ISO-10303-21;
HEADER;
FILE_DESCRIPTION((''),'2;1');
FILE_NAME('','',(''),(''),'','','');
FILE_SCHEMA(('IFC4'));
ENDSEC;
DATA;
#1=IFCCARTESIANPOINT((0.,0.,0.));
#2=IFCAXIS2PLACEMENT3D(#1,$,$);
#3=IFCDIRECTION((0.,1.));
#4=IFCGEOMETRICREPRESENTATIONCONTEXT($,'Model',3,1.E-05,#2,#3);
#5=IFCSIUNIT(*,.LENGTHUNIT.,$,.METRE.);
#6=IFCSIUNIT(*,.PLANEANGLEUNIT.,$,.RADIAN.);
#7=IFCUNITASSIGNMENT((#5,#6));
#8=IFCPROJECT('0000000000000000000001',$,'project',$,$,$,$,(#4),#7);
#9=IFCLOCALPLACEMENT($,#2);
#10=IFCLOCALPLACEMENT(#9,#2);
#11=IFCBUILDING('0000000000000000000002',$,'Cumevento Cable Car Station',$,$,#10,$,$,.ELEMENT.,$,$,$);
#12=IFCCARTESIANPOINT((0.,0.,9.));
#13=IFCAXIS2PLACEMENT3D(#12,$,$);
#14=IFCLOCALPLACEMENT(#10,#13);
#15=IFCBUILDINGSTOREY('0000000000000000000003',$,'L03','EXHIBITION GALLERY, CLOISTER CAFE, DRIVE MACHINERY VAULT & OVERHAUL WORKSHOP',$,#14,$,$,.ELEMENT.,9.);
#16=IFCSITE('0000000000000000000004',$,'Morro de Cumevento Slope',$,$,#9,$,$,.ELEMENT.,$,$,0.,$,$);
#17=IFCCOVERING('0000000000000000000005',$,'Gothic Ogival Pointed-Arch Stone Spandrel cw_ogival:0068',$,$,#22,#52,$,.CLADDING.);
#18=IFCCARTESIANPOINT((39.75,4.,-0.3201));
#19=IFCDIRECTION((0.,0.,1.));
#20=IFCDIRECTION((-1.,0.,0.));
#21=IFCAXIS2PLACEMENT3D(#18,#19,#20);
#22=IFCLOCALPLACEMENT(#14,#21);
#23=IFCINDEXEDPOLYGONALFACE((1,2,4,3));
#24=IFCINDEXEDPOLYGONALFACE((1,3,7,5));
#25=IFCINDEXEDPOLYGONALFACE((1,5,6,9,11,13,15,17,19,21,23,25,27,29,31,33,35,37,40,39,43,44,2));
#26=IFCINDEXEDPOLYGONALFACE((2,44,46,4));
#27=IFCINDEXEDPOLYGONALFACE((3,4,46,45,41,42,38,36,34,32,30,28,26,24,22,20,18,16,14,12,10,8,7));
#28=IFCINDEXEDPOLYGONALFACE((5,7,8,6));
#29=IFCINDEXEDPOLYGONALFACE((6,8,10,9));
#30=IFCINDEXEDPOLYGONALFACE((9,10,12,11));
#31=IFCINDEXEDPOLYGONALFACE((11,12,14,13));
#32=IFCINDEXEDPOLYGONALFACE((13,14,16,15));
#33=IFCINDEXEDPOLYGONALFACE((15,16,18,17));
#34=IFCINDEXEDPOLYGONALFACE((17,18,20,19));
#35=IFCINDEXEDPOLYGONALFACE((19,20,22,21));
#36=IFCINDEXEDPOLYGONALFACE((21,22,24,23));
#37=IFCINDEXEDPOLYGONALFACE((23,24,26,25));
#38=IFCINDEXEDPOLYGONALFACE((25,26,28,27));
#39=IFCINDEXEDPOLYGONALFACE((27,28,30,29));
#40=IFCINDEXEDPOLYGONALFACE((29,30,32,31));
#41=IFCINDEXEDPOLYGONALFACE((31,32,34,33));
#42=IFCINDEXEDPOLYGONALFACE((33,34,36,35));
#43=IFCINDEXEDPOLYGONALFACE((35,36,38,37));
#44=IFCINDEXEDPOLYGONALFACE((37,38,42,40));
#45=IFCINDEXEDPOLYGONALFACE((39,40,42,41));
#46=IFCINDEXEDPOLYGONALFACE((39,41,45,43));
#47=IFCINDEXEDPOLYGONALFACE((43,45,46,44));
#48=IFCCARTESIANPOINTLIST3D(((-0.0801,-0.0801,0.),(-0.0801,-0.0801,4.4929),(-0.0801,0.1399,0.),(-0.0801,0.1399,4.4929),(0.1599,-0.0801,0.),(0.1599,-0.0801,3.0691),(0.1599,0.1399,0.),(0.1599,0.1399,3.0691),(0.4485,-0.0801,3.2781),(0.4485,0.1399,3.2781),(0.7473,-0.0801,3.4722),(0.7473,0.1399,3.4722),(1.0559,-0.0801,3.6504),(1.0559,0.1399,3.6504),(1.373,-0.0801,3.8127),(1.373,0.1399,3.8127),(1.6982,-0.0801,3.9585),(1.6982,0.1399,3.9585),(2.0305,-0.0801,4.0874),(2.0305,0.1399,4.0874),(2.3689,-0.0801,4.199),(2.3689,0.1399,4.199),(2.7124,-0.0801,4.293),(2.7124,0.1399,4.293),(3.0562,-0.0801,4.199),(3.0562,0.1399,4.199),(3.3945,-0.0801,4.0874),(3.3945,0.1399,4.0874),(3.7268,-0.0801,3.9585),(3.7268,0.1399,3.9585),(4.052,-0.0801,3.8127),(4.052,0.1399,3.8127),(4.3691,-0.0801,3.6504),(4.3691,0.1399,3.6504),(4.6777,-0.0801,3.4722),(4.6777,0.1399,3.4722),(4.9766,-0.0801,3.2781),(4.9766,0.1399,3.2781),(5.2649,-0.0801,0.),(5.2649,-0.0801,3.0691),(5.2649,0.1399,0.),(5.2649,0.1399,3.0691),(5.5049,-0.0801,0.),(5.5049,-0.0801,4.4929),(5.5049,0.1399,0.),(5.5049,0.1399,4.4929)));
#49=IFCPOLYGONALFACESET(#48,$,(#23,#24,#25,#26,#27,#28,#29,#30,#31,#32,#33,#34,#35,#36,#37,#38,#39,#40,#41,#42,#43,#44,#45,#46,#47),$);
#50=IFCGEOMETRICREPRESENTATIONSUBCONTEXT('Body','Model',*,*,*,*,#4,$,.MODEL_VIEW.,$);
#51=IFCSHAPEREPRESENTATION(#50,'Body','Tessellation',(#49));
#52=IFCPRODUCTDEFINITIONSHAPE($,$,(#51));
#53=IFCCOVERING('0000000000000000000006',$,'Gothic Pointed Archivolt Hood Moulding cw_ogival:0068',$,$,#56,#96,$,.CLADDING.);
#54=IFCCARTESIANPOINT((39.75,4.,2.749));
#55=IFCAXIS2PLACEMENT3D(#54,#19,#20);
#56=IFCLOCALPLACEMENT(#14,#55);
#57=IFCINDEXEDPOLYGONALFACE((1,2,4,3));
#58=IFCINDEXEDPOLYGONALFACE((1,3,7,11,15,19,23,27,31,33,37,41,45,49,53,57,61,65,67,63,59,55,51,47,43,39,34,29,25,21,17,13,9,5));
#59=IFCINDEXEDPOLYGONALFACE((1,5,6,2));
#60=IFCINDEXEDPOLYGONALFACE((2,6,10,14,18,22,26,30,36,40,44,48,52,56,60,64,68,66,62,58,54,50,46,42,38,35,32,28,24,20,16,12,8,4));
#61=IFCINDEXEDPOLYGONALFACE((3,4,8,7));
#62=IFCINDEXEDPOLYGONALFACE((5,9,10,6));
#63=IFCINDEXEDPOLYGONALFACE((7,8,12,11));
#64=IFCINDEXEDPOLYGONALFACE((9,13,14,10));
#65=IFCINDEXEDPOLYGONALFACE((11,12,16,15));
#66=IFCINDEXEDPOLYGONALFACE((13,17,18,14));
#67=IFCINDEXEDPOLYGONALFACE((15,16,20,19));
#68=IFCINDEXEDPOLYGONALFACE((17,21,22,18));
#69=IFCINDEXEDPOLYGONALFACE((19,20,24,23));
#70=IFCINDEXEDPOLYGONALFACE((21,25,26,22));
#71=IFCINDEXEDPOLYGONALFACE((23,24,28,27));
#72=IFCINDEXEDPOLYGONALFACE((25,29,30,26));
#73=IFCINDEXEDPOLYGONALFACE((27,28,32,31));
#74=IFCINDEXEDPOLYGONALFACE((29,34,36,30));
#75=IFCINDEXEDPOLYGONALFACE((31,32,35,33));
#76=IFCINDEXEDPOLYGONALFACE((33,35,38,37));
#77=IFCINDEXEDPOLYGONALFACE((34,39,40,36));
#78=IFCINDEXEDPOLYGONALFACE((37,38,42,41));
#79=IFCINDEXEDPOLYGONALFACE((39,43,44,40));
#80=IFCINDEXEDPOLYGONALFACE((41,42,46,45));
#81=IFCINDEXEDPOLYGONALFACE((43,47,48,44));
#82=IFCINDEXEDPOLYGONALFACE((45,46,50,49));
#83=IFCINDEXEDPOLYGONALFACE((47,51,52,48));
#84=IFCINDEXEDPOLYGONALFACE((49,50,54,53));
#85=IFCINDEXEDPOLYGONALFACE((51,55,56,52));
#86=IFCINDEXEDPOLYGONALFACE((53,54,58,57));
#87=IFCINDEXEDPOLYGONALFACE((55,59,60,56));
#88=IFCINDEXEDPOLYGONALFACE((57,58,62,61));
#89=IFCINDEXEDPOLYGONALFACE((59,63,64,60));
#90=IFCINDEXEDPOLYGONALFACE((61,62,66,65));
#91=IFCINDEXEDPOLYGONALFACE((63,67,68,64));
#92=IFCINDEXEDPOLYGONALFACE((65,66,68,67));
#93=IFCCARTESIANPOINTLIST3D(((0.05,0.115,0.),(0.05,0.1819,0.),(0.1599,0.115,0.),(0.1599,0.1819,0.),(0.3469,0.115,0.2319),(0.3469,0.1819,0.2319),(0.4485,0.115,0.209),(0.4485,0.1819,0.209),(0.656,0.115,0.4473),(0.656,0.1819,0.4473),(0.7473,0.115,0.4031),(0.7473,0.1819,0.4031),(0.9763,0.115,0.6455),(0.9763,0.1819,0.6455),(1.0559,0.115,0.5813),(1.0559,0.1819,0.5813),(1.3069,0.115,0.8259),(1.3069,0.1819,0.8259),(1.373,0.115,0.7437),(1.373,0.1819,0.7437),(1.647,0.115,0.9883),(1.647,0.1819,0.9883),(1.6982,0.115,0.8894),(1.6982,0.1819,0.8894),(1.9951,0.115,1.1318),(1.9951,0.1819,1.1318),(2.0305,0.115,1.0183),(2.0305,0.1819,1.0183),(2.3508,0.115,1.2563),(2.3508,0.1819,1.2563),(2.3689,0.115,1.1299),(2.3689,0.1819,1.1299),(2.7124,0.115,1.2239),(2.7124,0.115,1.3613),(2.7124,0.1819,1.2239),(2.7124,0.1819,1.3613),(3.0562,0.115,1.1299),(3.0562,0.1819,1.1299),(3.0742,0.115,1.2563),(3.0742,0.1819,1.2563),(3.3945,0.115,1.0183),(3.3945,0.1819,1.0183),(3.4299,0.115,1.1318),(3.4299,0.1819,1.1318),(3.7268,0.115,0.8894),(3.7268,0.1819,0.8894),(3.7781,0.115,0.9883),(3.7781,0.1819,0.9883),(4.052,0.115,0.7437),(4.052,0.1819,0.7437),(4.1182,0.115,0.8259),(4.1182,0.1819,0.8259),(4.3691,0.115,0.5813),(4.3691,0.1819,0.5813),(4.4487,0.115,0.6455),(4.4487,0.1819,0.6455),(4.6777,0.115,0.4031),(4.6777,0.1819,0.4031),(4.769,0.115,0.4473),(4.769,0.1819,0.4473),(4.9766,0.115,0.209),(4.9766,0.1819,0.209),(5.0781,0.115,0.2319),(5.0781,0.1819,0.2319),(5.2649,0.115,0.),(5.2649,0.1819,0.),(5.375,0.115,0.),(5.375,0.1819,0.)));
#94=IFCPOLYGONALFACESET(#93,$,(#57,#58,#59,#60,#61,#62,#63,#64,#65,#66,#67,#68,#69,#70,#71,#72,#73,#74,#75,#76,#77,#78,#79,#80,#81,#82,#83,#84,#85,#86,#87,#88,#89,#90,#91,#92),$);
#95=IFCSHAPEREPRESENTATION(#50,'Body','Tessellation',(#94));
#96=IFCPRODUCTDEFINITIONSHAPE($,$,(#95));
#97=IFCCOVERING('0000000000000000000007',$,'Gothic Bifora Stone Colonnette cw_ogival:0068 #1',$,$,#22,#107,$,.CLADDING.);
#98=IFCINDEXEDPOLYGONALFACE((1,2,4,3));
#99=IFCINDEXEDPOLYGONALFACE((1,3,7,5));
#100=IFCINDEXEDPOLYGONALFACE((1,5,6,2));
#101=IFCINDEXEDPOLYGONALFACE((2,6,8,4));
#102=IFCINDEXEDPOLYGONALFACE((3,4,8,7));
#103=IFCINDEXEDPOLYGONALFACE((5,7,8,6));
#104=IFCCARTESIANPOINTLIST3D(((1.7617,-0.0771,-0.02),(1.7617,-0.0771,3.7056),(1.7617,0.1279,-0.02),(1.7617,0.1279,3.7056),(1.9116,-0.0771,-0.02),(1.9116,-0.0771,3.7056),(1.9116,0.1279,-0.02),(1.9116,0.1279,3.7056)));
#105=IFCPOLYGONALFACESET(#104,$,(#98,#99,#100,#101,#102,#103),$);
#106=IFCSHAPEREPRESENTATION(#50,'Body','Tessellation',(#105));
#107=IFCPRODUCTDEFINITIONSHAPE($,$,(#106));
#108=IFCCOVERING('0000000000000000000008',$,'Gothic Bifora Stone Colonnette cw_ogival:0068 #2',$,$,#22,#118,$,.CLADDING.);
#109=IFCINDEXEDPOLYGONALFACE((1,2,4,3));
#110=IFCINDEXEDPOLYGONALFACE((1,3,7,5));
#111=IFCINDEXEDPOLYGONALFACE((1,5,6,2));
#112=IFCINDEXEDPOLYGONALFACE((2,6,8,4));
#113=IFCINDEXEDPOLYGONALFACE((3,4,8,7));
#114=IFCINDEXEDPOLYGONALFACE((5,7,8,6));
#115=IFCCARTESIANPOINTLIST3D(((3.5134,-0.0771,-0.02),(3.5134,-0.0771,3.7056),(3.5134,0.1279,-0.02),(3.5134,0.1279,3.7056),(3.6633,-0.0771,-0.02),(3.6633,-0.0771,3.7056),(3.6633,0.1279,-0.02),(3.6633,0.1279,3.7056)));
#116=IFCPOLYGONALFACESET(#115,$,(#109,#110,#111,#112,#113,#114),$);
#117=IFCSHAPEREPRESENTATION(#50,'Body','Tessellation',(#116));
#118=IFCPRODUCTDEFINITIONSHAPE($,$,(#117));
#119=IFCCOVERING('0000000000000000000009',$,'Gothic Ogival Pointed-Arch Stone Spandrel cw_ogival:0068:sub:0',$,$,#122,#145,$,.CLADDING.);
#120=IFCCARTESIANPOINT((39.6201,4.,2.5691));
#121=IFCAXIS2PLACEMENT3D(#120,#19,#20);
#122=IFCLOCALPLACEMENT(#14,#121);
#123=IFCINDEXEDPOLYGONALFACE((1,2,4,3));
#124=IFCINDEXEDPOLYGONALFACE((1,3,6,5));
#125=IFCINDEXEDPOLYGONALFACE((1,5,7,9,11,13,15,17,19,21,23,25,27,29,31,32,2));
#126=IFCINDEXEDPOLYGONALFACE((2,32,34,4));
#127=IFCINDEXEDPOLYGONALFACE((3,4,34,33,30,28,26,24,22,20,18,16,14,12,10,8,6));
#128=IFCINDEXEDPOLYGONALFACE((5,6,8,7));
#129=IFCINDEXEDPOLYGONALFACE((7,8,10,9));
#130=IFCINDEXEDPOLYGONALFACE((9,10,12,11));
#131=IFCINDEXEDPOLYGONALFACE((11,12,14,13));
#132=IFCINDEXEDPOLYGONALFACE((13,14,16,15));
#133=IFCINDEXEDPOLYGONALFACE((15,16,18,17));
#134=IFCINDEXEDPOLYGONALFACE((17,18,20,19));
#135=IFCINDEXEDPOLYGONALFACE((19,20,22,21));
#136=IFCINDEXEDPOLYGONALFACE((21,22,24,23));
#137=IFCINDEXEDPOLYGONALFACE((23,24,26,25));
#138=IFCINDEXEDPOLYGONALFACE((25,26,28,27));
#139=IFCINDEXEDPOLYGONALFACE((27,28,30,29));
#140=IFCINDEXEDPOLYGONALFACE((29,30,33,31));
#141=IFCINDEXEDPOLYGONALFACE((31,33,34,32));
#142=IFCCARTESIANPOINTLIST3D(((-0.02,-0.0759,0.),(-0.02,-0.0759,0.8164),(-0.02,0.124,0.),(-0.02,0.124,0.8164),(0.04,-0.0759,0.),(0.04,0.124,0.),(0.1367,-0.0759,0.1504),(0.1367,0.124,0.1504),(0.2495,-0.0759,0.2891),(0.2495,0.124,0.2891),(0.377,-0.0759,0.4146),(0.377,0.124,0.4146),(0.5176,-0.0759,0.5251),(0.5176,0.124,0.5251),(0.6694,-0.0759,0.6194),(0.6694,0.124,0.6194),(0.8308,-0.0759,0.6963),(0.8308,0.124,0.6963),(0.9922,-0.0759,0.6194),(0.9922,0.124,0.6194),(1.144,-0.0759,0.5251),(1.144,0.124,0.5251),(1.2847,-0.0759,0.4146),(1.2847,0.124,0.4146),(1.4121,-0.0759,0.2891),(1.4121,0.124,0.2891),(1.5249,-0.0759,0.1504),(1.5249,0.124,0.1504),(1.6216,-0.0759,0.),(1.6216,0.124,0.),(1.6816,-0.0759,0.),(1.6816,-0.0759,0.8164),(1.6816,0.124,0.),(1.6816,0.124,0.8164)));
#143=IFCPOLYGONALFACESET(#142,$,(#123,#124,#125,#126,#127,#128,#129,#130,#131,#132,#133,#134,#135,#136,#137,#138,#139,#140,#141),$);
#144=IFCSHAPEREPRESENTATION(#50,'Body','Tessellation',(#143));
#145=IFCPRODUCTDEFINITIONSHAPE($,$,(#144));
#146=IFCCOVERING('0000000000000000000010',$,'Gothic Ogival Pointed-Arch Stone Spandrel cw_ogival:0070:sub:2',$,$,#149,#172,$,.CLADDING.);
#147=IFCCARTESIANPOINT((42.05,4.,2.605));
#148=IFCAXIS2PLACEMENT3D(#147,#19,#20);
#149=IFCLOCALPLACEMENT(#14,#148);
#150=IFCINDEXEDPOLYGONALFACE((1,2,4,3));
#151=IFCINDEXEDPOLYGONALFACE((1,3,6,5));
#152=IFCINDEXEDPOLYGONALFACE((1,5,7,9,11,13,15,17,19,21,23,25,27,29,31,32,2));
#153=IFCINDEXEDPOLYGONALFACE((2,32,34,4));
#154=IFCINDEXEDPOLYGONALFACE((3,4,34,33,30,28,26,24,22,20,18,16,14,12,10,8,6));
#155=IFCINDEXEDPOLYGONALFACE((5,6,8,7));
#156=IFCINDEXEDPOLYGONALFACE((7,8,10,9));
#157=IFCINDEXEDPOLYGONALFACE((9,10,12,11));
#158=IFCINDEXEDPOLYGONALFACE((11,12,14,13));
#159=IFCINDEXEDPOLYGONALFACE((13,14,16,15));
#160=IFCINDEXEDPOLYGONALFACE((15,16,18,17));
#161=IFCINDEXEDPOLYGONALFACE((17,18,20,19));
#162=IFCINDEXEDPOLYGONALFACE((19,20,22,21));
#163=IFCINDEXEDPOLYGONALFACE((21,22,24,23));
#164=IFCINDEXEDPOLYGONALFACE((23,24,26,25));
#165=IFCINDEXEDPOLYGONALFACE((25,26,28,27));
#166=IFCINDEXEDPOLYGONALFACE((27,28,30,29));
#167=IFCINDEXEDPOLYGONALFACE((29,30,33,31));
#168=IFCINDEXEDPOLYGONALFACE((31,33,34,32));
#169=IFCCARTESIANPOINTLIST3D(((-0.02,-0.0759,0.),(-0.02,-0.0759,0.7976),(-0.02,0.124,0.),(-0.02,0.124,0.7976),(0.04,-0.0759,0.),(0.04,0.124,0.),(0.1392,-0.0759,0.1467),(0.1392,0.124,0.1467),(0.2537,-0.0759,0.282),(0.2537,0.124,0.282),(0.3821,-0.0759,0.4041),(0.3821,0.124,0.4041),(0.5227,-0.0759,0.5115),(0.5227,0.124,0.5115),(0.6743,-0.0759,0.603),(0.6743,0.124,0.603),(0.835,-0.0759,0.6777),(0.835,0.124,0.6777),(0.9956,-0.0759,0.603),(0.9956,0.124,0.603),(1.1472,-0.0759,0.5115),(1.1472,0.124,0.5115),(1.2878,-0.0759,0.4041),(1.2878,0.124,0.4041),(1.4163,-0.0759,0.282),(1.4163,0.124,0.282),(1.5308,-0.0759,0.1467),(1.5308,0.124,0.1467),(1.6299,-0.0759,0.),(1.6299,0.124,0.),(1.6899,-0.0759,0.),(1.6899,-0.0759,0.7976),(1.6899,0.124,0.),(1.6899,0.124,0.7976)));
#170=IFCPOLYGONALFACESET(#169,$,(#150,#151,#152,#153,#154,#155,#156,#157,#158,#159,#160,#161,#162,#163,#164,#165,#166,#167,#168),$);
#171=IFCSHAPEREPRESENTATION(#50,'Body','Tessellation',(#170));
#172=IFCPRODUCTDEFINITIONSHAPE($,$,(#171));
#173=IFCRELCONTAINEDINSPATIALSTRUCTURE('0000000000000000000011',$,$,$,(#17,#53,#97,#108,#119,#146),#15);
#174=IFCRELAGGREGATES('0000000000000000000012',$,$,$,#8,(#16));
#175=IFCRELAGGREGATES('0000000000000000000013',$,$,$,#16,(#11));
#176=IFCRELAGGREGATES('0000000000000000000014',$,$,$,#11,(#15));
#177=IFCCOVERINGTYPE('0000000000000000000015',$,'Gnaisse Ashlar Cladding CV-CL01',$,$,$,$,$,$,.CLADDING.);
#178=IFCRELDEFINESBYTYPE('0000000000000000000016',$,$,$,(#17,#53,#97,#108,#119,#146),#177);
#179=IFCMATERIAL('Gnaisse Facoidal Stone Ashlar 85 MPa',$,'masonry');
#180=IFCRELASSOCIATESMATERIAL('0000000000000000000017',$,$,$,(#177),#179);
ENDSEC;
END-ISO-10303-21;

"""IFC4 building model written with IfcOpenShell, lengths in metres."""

from ifc_helpers import new_model, si_unit, direction, frame, origin, place, context, subcontext, project, spatial, polyline, outline, extrude, material, type_object, element, save


model = new_model("IFC4")

# Units and contexts
model_context = context("Model", 3, precision=1e-05, world=origin(), true_north=direction((0.0, 1.0)))
body_context = subcontext(model_context, "Body", "Model", "MODEL_VIEW")
ifc_project = project(units=[si_unit("LENGTHUNIT", "METRE"), si_unit("PLANEANGLEUNIT", "RADIAN")], contexts=[model_context])

# Site, building, storey
site_placement = place(None, origin())
site = spatial("IfcSite", under=ifc_project, at=site_placement, Name="Morro de Cumevento Slope", CompositionType="ELEMENT", RefElevation=0.0)
building_placement = place(site_placement, origin())
building = spatial("IfcBuilding", under=site, at=building_placement, Name="Cumevento Cable Car Station", CompositionType="ELEMENT")
storey_placement = place(building_placement, frame((0.0, 0.0, 9.0)))
storey = spatial("IfcBuildingStorey", under=building, at=storey_placement, Name="L03", Description="EXHIBITION GALLERY, CLOISTER CAFE, DRIVE MACHINERY VAULT & OVERHAUL WORKSHOP", CompositionType="ELEMENT", Elevation=9.0)

# Coverings
ifc_material_1 = material(Name="Gnaisse Facoidal Stone Ashlar 85 MPa", Category="masonry")
covering_type = type_object("IfcCoveringType", Name="Gnaisse Ashlar Cladding CV-CL01", PredefinedType="CLADDING", material=ifc_material_1)
placement = place(storey_placement, frame((39.75, 4.0, -0.3201), z_axis=(0.0, 0.0, 1.0), x_axis=(-1.0, 0.0, 0.0)))
element("IfcCovering", 1, at=placement, inside=storey, type_object=covering_type, Name="Gothic Ogival Pointed-Arch Stone Spandrel cw_ogival:0068", PredefinedType="CLADDING", context=body_context, shape_type="SweptSolid", body=[
    extrude(outline(polyline([(-0.0801, 0.0), (-0.0801, 4.4929), (5.5049, 4.4929), (5.5049, 0.0), (5.2649, 0.0), (5.2649, 3.0691), (4.9766, 3.2781), (4.6777, 3.4722), (4.3691, 3.6504), (4.052, 3.8127), (3.7268, 3.9585), (3.3945, 4.0874), (3.0562, 4.199), (2.7124, 4.293), (2.3689, 4.199), (2.0305, 4.0874), (1.6982, 3.9585), (1.373, 3.8127), (1.0559, 3.6504), (0.7473, 3.4722), (0.4485, 3.2781), (0.1599, 3.0691), (0.1599, 0.0), (-0.0801, 0.0)])), frame((0.0, 0.1399, 0.0), z_axis=(0.0, -1.0, 0.0), x_axis=(1.0, 0.0, 0.0)), (0.0, 0.0, 1.0), 0.22),
])
covering_1_placement = place(storey_placement, frame((39.75, 4.0, 2.749), z_axis=(0.0, 0.0, 1.0), x_axis=(-1.0, 0.0, 0.0)))
element("IfcCovering", 2, at=covering_1_placement, inside=storey, type_object=covering_type, Name="Gothic Pointed Archivolt Hood Moulding cw_ogival:0068", PredefinedType="CLADDING", context=body_context, shape_type="SweptSolid", body=[
    extrude(outline(polyline([(0.1599, 0.0), (0.4485, 0.209), (0.7473, 0.4031), (1.0559, 0.5813), (1.373, 0.7437), (1.6982, 0.8894), (2.0305, 1.0183), (2.3689, 1.1299), (2.7124, 1.2239), (3.0562, 1.1299), (3.3945, 1.0183), (3.7268, 0.8894), (4.052, 0.7437), (4.3691, 0.5813), (4.6777, 0.4031), (4.9766, 0.209), (5.2649, 0.0), (5.375, 0.0), (5.0781, 0.2319), (4.769, 0.4473), (4.4487, 0.6455), (4.1182, 0.8259), (3.7781, 0.9883), (3.4299, 1.1318), (3.0742, 1.2563), (2.7124, 1.3613), (2.3508, 1.2563), (1.9951, 1.1318), (1.647, 0.9883), (1.3069, 0.8259), (0.9763, 0.6455), (0.656, 0.4473), (0.3469, 0.2319), (0.05, 0.0), (0.1599, 0.0)])), frame((0.0, 0.1819, 0.0), z_axis=(0.0, -1.0, 0.0), x_axis=(1.0, 0.0, 0.0)), (0.0, 0.0, 1.0), 0.0669),
])
element("IfcCovering", 3, at=placement, inside=storey, type_object=covering_type, Name="Gothic Bifora Stone Colonnette cw_ogival:0068 #1", PredefinedType="CLADDING", context=body_context, shape_type="SweptSolid", body=[
    extrude(outline(polyline([(1.7617, -0.02), (1.9116, -0.02), (1.9116, 3.7056), (1.7617, 3.7056), (1.7617, -0.02)])), frame((0.0, 0.1279, 0.0), z_axis=(0.0, -1.0, 0.0), x_axis=(1.0, 0.0, 0.0)), (0.0, 0.0, 1.0), 0.2051),
])
element("IfcCovering", 4, at=placement, inside=storey, type_object=covering_type, Name="Gothic Bifora Stone Colonnette cw_ogival:0068 #2", PredefinedType="CLADDING", context=body_context, shape_type="SweptSolid", body=[
    extrude(outline(polyline([(3.5134, -0.02), (3.6633, -0.02), (3.6633, 3.7056), (3.5134, 3.7056), (3.5134, -0.02)])), frame((0.0, 0.1279, 0.0), z_axis=(0.0, -1.0, 0.0), x_axis=(1.0, 0.0, 0.0)), (0.0, 0.0, 1.0), 0.2051),
])
covering_2_placement = place(storey_placement, frame((39.6201, 4.0, 2.5691), z_axis=(0.0, 0.0, 1.0), x_axis=(-1.0, 0.0, 0.0)))
element("IfcCovering", 5, at=covering_2_placement, inside=storey, type_object=covering_type, Name="Gothic Ogival Pointed-Arch Stone Spandrel cw_ogival:0068:sub:0", PredefinedType="CLADDING", context=body_context, shape_type="SweptSolid", body=[
    extrude(outline(polyline([(-0.02, 0.0), (-0.02, 0.8164), (1.6816, 0.8164), (1.6816, 0.0), (1.6216, 0.0), (1.5249, 0.1504), (1.4121, 0.2891), (1.2847, 0.4146), (1.144, 0.5251), (0.9922, 0.6194), (0.8308, 0.6963), (0.6694, 0.6194), (0.5176, 0.5251), (0.377, 0.4146), (0.2495, 0.2891), (0.1367, 0.1504), (0.04, 0.0), (-0.02, 0.0)])), frame((0.0, 0.124, 0.0), z_axis=(0.0, -1.0, 0.0), x_axis=(1.0, 0.0, 0.0)), (0.0, 0.0, 1.0), 0.2),
])
covering_3_placement = place(storey_placement, frame((42.05, 4.0, 2.605), z_axis=(0.0, 0.0, 1.0), x_axis=(-1.0, 0.0, 0.0)))
element("IfcCovering", 6, at=covering_3_placement, inside=storey, type_object=covering_type, Name="Gothic Ogival Pointed-Arch Stone Spandrel cw_ogival:0070:sub:2", PredefinedType="CLADDING", context=body_context, shape_type="SweptSolid", body=[
    extrude(outline(polyline([(-0.02, 0.0), (-0.02, 0.7976), (1.6899, 0.7976), (1.6899, 0.0), (1.6299, 0.0), (1.5308, 0.1467), (1.4163, 0.282), (1.2878, 0.4041), (1.1472, 0.5115), (0.9956, 0.603), (0.835, 0.6777), (0.6743, 0.603), (0.5227, 0.5115), (0.3821, 0.4041), (0.2537, 0.282), (0.1392, 0.1467), (0.04, 0.0), (-0.02, 0.0)])), frame((0.0, 0.124, 0.0), z_axis=(0.0, -1.0, 0.0), x_axis=(1.0, 0.0, 0.0)), (0.0, 0.0, 1.0), 0.2),
])

save(model, "model.ifc")
